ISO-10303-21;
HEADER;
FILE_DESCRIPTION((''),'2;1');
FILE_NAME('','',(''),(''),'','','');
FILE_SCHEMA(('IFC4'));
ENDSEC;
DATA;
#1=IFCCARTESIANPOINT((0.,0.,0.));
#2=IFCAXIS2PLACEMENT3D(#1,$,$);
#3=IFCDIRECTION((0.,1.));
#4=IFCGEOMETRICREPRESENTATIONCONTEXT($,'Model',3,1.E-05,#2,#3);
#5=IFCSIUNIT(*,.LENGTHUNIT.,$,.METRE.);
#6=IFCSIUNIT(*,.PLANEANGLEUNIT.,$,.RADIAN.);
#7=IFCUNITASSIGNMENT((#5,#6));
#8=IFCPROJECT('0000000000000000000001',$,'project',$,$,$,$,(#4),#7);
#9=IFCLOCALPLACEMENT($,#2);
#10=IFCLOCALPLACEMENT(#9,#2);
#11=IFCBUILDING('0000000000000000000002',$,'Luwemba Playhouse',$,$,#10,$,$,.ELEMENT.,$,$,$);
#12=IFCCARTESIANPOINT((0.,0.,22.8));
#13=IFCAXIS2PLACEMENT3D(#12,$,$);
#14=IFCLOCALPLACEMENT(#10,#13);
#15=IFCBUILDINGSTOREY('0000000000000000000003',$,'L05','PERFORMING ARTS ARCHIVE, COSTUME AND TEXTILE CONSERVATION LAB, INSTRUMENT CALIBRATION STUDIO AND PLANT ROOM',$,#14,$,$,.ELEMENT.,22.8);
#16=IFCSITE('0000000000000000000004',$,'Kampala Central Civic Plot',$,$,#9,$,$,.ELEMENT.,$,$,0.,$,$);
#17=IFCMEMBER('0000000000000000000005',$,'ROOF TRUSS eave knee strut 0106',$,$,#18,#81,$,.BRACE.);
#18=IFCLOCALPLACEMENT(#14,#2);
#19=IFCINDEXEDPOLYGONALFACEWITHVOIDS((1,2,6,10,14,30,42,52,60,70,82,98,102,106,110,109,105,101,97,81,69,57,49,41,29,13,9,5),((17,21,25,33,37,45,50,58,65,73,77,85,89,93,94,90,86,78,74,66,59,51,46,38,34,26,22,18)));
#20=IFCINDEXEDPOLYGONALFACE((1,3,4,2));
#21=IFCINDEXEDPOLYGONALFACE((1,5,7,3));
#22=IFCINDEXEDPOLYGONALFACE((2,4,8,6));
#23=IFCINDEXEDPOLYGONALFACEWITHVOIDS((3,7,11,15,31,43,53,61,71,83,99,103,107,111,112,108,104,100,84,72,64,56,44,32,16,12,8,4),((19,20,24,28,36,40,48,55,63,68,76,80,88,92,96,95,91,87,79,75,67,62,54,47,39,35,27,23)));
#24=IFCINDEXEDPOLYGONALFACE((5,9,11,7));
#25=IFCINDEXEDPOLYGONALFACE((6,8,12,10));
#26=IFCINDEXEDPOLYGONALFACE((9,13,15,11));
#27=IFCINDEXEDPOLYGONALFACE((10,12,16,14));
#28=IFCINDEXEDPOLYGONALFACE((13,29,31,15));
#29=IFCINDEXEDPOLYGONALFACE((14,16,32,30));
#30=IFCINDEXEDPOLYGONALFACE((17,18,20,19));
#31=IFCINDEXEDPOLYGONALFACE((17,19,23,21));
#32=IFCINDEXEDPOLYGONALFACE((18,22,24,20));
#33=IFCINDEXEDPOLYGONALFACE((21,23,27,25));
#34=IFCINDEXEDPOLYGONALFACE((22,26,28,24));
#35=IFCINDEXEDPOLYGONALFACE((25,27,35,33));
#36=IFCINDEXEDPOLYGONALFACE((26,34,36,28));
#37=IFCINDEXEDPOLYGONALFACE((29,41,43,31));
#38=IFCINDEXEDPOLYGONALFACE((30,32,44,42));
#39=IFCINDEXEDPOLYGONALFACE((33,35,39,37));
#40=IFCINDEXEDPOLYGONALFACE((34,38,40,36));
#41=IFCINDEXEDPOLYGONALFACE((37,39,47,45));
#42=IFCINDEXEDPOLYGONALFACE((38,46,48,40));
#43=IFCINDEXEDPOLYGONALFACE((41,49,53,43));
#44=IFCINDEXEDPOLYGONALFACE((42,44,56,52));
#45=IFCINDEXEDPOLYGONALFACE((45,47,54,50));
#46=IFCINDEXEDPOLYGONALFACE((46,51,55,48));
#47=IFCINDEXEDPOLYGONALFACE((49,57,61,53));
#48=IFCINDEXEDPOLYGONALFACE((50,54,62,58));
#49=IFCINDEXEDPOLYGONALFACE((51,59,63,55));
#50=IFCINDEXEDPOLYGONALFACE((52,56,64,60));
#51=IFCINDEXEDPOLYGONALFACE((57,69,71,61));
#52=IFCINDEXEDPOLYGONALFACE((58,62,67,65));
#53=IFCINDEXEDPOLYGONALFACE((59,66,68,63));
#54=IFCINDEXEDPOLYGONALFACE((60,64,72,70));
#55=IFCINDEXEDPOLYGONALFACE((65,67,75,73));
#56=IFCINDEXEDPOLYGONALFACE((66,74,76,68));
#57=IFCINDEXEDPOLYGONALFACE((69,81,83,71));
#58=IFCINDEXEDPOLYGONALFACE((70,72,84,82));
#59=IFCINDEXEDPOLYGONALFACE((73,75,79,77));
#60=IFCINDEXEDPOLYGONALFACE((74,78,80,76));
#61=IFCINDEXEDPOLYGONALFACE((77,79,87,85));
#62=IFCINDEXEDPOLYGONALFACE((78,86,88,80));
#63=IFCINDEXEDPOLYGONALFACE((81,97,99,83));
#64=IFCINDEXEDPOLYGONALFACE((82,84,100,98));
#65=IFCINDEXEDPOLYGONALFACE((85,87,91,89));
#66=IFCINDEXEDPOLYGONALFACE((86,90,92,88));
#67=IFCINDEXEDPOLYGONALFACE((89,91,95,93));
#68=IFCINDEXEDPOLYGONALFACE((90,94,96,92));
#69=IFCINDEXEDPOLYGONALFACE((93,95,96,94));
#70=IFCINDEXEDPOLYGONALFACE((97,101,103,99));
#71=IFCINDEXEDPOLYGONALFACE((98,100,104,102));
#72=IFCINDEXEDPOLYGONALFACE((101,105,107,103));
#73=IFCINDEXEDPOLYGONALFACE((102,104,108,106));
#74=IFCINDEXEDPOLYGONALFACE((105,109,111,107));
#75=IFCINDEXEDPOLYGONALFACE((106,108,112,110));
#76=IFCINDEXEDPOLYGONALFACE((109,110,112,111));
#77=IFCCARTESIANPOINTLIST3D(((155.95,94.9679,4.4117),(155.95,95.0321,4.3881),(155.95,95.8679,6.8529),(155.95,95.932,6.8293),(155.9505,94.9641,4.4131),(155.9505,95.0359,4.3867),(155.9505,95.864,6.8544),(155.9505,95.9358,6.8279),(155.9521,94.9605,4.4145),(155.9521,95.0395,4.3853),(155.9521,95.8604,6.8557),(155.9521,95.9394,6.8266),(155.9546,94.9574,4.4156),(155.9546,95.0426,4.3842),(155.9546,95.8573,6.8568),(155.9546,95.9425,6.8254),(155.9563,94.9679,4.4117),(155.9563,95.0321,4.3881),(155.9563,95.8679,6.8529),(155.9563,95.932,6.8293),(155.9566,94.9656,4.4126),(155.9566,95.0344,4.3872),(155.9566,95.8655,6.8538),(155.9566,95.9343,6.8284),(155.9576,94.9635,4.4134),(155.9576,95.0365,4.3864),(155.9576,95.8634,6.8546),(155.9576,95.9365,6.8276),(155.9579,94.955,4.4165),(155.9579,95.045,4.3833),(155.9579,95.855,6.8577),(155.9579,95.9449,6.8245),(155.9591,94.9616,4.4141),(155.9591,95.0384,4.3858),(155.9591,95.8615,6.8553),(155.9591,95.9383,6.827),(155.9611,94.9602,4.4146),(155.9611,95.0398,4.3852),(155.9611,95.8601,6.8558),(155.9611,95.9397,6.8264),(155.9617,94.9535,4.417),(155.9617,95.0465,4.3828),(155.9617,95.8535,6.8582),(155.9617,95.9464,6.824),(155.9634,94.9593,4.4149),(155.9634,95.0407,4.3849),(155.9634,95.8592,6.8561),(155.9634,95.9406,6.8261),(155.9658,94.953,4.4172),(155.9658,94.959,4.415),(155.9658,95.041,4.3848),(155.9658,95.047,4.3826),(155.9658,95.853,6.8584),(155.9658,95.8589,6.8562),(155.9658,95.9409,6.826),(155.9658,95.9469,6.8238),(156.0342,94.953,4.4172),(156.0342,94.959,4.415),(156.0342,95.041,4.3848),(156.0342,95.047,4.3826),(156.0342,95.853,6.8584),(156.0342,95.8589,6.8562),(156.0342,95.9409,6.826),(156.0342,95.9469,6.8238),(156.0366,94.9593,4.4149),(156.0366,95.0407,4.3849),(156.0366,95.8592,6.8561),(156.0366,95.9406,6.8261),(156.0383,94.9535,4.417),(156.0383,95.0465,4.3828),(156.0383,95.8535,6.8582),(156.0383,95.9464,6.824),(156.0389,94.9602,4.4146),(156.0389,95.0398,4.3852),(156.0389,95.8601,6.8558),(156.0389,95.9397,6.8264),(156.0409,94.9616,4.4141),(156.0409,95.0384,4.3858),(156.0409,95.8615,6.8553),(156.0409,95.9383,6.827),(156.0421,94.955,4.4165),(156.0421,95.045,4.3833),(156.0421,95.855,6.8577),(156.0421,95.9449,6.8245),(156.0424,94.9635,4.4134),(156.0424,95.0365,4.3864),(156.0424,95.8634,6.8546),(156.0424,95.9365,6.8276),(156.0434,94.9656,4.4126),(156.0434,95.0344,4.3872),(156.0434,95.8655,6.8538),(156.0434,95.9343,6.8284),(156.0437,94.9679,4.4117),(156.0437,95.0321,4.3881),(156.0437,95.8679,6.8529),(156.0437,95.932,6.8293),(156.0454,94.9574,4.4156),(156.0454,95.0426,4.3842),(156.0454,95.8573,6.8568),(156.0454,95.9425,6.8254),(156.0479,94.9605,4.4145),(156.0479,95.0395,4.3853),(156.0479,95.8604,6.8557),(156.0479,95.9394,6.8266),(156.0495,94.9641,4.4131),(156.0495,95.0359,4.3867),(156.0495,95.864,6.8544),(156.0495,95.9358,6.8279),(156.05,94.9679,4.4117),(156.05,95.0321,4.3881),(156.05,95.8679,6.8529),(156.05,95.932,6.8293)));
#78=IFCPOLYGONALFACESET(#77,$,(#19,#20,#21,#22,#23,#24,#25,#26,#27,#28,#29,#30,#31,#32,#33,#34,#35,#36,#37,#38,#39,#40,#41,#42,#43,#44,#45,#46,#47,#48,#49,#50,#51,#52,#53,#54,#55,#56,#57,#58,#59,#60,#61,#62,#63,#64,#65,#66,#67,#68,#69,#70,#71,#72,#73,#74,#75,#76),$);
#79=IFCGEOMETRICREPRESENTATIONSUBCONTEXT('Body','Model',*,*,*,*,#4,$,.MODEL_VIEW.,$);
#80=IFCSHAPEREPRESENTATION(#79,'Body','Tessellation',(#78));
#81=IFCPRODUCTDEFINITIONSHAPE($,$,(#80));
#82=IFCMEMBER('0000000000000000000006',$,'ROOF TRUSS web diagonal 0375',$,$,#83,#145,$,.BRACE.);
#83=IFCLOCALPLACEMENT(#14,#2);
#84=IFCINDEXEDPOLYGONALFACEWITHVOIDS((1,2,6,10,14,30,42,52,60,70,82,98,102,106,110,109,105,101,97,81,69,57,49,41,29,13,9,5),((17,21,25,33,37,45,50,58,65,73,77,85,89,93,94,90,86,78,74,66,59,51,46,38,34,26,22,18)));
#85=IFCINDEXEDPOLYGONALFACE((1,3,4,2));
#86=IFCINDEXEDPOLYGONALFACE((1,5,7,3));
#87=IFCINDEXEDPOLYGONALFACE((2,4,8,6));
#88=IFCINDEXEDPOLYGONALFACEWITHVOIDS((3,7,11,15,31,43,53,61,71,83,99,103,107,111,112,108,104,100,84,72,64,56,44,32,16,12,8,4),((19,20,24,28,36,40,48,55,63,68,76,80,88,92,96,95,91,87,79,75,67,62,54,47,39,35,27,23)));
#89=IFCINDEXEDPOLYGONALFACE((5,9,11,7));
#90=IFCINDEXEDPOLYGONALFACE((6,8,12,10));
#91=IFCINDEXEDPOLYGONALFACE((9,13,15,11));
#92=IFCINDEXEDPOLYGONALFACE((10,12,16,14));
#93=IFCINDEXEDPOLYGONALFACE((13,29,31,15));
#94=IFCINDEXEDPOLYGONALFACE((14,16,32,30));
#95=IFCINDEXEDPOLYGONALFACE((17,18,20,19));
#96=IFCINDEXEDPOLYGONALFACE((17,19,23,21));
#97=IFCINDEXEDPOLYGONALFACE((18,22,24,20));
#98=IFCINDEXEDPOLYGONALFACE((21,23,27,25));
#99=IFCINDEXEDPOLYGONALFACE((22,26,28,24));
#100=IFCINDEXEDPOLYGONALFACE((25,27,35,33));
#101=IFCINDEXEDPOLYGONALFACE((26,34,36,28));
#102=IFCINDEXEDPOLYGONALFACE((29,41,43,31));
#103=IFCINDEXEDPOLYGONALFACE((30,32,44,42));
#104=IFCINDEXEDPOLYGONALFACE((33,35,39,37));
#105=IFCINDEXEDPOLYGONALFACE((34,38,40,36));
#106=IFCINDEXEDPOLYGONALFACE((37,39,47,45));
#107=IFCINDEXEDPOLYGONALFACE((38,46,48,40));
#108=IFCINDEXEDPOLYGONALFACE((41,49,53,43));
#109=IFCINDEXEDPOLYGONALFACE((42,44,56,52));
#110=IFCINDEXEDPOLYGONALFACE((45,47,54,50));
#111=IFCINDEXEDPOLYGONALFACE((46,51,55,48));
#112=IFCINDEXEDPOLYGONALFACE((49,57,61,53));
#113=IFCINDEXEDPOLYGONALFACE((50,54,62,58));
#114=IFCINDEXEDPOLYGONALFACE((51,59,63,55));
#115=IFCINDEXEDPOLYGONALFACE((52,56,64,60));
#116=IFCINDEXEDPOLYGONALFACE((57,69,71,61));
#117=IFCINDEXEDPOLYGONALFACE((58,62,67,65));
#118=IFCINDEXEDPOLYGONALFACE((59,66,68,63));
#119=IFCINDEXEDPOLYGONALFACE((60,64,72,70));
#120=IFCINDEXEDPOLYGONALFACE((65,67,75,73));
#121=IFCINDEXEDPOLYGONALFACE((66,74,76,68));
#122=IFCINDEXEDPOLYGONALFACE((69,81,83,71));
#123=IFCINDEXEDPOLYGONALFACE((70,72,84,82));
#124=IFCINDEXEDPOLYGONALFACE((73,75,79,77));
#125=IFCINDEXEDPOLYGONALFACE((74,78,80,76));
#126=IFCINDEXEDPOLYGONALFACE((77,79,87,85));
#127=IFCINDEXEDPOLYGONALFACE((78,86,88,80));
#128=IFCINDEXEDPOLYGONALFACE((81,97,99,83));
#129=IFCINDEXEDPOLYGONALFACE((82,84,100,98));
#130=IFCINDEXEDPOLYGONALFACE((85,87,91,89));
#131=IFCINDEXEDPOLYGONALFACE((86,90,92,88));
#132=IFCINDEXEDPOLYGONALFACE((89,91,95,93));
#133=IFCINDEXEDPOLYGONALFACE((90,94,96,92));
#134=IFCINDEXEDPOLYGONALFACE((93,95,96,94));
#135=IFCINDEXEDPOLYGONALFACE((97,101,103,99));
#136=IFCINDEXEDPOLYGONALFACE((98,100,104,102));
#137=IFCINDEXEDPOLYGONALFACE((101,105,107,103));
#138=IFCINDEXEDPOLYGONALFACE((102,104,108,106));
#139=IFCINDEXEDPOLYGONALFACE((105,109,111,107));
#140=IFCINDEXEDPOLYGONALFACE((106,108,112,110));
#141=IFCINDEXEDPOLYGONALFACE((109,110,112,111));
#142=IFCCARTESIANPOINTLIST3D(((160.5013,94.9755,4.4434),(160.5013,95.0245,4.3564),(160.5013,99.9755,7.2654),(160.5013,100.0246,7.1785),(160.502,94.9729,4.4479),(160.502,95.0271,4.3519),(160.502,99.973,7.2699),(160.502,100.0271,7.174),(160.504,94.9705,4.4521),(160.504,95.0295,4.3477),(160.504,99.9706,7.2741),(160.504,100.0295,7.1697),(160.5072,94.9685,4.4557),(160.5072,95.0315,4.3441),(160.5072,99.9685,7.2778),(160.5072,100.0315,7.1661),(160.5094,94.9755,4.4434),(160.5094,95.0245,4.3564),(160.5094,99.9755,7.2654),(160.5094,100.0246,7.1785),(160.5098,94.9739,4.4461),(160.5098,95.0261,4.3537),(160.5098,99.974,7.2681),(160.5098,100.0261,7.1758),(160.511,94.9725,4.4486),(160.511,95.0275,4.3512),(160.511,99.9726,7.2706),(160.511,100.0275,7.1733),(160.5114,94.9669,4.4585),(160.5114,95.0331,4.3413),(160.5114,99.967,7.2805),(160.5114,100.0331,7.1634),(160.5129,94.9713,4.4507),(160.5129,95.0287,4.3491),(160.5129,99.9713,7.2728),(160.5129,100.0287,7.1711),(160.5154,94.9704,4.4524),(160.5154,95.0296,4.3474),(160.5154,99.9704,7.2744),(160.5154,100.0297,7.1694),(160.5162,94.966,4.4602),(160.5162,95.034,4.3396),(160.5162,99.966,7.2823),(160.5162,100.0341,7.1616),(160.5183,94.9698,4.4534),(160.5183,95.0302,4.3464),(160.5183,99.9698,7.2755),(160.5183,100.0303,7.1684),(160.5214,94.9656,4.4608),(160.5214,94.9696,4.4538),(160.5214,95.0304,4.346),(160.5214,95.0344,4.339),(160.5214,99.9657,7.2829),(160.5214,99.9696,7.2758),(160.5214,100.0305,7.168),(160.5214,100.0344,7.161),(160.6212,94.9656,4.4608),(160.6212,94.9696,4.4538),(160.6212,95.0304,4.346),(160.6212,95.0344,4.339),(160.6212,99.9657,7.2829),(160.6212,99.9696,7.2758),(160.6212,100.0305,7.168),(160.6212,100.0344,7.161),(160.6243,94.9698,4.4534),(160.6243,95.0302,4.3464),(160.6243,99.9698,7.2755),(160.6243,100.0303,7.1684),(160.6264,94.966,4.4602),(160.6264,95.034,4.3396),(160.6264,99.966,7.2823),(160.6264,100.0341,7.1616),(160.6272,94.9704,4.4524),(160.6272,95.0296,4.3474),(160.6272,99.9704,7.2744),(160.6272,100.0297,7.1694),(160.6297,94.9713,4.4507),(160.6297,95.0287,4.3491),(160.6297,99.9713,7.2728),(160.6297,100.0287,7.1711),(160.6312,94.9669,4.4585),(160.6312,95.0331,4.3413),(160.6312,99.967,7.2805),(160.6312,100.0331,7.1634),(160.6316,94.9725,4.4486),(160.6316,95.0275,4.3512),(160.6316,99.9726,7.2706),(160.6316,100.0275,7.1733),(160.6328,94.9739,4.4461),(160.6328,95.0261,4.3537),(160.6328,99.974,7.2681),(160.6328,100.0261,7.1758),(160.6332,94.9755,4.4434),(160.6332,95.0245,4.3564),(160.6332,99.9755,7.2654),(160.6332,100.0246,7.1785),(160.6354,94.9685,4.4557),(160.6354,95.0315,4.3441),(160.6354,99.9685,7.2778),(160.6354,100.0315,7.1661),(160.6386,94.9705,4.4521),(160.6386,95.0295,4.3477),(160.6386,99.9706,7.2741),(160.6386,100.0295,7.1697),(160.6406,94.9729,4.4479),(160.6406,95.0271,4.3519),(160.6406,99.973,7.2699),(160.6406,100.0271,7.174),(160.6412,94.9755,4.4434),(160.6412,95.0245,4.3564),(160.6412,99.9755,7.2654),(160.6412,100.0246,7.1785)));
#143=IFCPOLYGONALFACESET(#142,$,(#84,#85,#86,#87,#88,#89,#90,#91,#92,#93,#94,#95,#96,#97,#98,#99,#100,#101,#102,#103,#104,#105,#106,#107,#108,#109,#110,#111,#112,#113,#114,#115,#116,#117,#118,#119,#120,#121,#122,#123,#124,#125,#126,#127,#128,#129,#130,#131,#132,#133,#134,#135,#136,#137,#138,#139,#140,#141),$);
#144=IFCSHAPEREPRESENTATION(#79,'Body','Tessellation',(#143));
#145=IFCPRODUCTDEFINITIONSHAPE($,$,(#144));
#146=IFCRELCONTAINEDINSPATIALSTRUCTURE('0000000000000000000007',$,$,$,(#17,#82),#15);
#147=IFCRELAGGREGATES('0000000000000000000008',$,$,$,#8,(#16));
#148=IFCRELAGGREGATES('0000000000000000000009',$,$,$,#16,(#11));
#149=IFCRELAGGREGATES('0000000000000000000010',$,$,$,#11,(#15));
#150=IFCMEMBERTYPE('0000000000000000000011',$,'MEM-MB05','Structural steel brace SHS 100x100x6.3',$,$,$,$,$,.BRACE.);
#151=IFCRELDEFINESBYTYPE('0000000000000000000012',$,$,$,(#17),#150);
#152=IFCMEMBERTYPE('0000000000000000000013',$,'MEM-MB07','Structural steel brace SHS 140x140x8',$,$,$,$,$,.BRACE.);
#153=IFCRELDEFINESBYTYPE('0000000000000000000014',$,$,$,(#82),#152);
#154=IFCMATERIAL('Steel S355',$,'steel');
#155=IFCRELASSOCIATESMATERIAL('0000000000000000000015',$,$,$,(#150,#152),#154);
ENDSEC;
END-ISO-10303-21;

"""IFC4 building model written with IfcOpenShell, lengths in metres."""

from ifc_helpers import new_model, si_unit, direction, frame, origin, origin_2d, place, context, subcontext, project, spatial, hollow_rectangle, extrude, material, material_profile, profile_set, type_object, element, save


model = new_model("IFC4")

# Units and contexts
model_context = context("Model", 3, precision=1e-05, world=origin(), true_north=direction((0.0, 1.0)))
body_context = subcontext(model_context, "Body", "Model", "MODEL_VIEW")
ifc_project = project(units=[si_unit("LENGTHUNIT", "METRE"), si_unit("PLANEANGLEUNIT", "RADIAN")], contexts=[model_context])

# Site, building, storey
site_placement = place(None, origin())
site = spatial("IfcSite", under=ifc_project, at=site_placement, Name="Kampala Central Civic Plot", CompositionType="ELEMENT", RefElevation=0.0)
building_placement = place(site_placement, origin())
building = spatial("IfcBuilding", under=site, at=building_placement, Name="Luwemba Playhouse", CompositionType="ELEMENT")
storey_placement = place(building_placement, frame((0.0, 0.0, 22.8)))
storey = spatial("IfcBuildingStorey", under=building, at=storey_placement, Name="L05", Description="PERFORMING ARTS ARCHIVE, COSTUME AND TEXTILE CONSERVATION LAB, INSTRUMENT CALIBRATION STUDIO AND PLANT ROOM", CompositionType="ELEMENT", Elevation=22.8)

# Shared definitions
ifc_material_1 = material(Name="Steel S355", Category="steel")

# Members
ifc_material_profile_1 = material_profile(ifc_material_1, hollow_rectangle(XDim=0.1001, YDim=0.1001, WallThickness=0.0063, InnerFilletRadius=0.0095, OuterFilletRadius=0.0159, at=origin_2d()))
ifc_profile_set_1 = profile_set([ifc_material_profile_1], Name="Steel S355")
member_type_1 = type_object("IfcMemberType", Name="MEM-MB05", Description="Structural steel brace SHS 100x100x6.3", PredefinedType="BRACE", material=ifc_profile_set_1)
member_1_placement = place(storey_placement, frame((156.0, 95.0, 4.3999), z_axis=(0.0, 0.345884, 0.938277), x_axis=(-1.0, 0.0, 0.0)))
element("IfcMember", 1, at=member_1_placement, inside=storey, type_object=member_type_1, Name="ROOF TRUSS eave knee strut 0106", PredefinedType="BRACE", context=body_context, shape_type="SweptSolid", body=[
    extrude(hollow_rectangle(XDim=0.1001, YDim=0.1001, WallThickness=0.0063, InnerFilletRadius=0.0095, OuterFilletRadius=0.0159, at=origin_2d()), origin(), (0.0, 0.0, 1.0), 2.6018),
])
ifc_material_profile_2 = material_profile(ifc_material_1, hollow_rectangle(XDim=0.1399, YDim=0.1399, WallThickness=0.0081, InnerFilletRadius=0.012, OuterFilletRadius=0.02, at=origin_2d()))
ifc_profile_set_2 = profile_set([ifc_material_profile_2], Name="Steel S355")
member_type_2 = type_object("IfcMemberType", Name="MEM-MB07", Description="Structural steel brace SHS 140x140x8", PredefinedType="BRACE", material=ifc_profile_set_2)
member_2_placement = place(storey_placement, frame((160.5713, 95.0, 4.3999), z_axis=(0.0, 0.870866, 0.491521), x_axis=(-1.0, 0.0, 0.0)))
element("IfcMember", 2, at=member_2_placement, inside=storey, type_object=member_type_2, Name="ROOF TRUSS web diagonal 0375", PredefinedType="BRACE", context=body_context, shape_type="SweptSolid", body=[
    extrude(hollow_rectangle(XDim=0.1399, YDim=0.1399, WallThickness=0.0081, InnerFilletRadius=0.012, OuterFilletRadius=0.02, at=origin_2d()), origin(), (0.0, 0.0, 1.0), 5.7415),
])

save(model, "model.ifc")
